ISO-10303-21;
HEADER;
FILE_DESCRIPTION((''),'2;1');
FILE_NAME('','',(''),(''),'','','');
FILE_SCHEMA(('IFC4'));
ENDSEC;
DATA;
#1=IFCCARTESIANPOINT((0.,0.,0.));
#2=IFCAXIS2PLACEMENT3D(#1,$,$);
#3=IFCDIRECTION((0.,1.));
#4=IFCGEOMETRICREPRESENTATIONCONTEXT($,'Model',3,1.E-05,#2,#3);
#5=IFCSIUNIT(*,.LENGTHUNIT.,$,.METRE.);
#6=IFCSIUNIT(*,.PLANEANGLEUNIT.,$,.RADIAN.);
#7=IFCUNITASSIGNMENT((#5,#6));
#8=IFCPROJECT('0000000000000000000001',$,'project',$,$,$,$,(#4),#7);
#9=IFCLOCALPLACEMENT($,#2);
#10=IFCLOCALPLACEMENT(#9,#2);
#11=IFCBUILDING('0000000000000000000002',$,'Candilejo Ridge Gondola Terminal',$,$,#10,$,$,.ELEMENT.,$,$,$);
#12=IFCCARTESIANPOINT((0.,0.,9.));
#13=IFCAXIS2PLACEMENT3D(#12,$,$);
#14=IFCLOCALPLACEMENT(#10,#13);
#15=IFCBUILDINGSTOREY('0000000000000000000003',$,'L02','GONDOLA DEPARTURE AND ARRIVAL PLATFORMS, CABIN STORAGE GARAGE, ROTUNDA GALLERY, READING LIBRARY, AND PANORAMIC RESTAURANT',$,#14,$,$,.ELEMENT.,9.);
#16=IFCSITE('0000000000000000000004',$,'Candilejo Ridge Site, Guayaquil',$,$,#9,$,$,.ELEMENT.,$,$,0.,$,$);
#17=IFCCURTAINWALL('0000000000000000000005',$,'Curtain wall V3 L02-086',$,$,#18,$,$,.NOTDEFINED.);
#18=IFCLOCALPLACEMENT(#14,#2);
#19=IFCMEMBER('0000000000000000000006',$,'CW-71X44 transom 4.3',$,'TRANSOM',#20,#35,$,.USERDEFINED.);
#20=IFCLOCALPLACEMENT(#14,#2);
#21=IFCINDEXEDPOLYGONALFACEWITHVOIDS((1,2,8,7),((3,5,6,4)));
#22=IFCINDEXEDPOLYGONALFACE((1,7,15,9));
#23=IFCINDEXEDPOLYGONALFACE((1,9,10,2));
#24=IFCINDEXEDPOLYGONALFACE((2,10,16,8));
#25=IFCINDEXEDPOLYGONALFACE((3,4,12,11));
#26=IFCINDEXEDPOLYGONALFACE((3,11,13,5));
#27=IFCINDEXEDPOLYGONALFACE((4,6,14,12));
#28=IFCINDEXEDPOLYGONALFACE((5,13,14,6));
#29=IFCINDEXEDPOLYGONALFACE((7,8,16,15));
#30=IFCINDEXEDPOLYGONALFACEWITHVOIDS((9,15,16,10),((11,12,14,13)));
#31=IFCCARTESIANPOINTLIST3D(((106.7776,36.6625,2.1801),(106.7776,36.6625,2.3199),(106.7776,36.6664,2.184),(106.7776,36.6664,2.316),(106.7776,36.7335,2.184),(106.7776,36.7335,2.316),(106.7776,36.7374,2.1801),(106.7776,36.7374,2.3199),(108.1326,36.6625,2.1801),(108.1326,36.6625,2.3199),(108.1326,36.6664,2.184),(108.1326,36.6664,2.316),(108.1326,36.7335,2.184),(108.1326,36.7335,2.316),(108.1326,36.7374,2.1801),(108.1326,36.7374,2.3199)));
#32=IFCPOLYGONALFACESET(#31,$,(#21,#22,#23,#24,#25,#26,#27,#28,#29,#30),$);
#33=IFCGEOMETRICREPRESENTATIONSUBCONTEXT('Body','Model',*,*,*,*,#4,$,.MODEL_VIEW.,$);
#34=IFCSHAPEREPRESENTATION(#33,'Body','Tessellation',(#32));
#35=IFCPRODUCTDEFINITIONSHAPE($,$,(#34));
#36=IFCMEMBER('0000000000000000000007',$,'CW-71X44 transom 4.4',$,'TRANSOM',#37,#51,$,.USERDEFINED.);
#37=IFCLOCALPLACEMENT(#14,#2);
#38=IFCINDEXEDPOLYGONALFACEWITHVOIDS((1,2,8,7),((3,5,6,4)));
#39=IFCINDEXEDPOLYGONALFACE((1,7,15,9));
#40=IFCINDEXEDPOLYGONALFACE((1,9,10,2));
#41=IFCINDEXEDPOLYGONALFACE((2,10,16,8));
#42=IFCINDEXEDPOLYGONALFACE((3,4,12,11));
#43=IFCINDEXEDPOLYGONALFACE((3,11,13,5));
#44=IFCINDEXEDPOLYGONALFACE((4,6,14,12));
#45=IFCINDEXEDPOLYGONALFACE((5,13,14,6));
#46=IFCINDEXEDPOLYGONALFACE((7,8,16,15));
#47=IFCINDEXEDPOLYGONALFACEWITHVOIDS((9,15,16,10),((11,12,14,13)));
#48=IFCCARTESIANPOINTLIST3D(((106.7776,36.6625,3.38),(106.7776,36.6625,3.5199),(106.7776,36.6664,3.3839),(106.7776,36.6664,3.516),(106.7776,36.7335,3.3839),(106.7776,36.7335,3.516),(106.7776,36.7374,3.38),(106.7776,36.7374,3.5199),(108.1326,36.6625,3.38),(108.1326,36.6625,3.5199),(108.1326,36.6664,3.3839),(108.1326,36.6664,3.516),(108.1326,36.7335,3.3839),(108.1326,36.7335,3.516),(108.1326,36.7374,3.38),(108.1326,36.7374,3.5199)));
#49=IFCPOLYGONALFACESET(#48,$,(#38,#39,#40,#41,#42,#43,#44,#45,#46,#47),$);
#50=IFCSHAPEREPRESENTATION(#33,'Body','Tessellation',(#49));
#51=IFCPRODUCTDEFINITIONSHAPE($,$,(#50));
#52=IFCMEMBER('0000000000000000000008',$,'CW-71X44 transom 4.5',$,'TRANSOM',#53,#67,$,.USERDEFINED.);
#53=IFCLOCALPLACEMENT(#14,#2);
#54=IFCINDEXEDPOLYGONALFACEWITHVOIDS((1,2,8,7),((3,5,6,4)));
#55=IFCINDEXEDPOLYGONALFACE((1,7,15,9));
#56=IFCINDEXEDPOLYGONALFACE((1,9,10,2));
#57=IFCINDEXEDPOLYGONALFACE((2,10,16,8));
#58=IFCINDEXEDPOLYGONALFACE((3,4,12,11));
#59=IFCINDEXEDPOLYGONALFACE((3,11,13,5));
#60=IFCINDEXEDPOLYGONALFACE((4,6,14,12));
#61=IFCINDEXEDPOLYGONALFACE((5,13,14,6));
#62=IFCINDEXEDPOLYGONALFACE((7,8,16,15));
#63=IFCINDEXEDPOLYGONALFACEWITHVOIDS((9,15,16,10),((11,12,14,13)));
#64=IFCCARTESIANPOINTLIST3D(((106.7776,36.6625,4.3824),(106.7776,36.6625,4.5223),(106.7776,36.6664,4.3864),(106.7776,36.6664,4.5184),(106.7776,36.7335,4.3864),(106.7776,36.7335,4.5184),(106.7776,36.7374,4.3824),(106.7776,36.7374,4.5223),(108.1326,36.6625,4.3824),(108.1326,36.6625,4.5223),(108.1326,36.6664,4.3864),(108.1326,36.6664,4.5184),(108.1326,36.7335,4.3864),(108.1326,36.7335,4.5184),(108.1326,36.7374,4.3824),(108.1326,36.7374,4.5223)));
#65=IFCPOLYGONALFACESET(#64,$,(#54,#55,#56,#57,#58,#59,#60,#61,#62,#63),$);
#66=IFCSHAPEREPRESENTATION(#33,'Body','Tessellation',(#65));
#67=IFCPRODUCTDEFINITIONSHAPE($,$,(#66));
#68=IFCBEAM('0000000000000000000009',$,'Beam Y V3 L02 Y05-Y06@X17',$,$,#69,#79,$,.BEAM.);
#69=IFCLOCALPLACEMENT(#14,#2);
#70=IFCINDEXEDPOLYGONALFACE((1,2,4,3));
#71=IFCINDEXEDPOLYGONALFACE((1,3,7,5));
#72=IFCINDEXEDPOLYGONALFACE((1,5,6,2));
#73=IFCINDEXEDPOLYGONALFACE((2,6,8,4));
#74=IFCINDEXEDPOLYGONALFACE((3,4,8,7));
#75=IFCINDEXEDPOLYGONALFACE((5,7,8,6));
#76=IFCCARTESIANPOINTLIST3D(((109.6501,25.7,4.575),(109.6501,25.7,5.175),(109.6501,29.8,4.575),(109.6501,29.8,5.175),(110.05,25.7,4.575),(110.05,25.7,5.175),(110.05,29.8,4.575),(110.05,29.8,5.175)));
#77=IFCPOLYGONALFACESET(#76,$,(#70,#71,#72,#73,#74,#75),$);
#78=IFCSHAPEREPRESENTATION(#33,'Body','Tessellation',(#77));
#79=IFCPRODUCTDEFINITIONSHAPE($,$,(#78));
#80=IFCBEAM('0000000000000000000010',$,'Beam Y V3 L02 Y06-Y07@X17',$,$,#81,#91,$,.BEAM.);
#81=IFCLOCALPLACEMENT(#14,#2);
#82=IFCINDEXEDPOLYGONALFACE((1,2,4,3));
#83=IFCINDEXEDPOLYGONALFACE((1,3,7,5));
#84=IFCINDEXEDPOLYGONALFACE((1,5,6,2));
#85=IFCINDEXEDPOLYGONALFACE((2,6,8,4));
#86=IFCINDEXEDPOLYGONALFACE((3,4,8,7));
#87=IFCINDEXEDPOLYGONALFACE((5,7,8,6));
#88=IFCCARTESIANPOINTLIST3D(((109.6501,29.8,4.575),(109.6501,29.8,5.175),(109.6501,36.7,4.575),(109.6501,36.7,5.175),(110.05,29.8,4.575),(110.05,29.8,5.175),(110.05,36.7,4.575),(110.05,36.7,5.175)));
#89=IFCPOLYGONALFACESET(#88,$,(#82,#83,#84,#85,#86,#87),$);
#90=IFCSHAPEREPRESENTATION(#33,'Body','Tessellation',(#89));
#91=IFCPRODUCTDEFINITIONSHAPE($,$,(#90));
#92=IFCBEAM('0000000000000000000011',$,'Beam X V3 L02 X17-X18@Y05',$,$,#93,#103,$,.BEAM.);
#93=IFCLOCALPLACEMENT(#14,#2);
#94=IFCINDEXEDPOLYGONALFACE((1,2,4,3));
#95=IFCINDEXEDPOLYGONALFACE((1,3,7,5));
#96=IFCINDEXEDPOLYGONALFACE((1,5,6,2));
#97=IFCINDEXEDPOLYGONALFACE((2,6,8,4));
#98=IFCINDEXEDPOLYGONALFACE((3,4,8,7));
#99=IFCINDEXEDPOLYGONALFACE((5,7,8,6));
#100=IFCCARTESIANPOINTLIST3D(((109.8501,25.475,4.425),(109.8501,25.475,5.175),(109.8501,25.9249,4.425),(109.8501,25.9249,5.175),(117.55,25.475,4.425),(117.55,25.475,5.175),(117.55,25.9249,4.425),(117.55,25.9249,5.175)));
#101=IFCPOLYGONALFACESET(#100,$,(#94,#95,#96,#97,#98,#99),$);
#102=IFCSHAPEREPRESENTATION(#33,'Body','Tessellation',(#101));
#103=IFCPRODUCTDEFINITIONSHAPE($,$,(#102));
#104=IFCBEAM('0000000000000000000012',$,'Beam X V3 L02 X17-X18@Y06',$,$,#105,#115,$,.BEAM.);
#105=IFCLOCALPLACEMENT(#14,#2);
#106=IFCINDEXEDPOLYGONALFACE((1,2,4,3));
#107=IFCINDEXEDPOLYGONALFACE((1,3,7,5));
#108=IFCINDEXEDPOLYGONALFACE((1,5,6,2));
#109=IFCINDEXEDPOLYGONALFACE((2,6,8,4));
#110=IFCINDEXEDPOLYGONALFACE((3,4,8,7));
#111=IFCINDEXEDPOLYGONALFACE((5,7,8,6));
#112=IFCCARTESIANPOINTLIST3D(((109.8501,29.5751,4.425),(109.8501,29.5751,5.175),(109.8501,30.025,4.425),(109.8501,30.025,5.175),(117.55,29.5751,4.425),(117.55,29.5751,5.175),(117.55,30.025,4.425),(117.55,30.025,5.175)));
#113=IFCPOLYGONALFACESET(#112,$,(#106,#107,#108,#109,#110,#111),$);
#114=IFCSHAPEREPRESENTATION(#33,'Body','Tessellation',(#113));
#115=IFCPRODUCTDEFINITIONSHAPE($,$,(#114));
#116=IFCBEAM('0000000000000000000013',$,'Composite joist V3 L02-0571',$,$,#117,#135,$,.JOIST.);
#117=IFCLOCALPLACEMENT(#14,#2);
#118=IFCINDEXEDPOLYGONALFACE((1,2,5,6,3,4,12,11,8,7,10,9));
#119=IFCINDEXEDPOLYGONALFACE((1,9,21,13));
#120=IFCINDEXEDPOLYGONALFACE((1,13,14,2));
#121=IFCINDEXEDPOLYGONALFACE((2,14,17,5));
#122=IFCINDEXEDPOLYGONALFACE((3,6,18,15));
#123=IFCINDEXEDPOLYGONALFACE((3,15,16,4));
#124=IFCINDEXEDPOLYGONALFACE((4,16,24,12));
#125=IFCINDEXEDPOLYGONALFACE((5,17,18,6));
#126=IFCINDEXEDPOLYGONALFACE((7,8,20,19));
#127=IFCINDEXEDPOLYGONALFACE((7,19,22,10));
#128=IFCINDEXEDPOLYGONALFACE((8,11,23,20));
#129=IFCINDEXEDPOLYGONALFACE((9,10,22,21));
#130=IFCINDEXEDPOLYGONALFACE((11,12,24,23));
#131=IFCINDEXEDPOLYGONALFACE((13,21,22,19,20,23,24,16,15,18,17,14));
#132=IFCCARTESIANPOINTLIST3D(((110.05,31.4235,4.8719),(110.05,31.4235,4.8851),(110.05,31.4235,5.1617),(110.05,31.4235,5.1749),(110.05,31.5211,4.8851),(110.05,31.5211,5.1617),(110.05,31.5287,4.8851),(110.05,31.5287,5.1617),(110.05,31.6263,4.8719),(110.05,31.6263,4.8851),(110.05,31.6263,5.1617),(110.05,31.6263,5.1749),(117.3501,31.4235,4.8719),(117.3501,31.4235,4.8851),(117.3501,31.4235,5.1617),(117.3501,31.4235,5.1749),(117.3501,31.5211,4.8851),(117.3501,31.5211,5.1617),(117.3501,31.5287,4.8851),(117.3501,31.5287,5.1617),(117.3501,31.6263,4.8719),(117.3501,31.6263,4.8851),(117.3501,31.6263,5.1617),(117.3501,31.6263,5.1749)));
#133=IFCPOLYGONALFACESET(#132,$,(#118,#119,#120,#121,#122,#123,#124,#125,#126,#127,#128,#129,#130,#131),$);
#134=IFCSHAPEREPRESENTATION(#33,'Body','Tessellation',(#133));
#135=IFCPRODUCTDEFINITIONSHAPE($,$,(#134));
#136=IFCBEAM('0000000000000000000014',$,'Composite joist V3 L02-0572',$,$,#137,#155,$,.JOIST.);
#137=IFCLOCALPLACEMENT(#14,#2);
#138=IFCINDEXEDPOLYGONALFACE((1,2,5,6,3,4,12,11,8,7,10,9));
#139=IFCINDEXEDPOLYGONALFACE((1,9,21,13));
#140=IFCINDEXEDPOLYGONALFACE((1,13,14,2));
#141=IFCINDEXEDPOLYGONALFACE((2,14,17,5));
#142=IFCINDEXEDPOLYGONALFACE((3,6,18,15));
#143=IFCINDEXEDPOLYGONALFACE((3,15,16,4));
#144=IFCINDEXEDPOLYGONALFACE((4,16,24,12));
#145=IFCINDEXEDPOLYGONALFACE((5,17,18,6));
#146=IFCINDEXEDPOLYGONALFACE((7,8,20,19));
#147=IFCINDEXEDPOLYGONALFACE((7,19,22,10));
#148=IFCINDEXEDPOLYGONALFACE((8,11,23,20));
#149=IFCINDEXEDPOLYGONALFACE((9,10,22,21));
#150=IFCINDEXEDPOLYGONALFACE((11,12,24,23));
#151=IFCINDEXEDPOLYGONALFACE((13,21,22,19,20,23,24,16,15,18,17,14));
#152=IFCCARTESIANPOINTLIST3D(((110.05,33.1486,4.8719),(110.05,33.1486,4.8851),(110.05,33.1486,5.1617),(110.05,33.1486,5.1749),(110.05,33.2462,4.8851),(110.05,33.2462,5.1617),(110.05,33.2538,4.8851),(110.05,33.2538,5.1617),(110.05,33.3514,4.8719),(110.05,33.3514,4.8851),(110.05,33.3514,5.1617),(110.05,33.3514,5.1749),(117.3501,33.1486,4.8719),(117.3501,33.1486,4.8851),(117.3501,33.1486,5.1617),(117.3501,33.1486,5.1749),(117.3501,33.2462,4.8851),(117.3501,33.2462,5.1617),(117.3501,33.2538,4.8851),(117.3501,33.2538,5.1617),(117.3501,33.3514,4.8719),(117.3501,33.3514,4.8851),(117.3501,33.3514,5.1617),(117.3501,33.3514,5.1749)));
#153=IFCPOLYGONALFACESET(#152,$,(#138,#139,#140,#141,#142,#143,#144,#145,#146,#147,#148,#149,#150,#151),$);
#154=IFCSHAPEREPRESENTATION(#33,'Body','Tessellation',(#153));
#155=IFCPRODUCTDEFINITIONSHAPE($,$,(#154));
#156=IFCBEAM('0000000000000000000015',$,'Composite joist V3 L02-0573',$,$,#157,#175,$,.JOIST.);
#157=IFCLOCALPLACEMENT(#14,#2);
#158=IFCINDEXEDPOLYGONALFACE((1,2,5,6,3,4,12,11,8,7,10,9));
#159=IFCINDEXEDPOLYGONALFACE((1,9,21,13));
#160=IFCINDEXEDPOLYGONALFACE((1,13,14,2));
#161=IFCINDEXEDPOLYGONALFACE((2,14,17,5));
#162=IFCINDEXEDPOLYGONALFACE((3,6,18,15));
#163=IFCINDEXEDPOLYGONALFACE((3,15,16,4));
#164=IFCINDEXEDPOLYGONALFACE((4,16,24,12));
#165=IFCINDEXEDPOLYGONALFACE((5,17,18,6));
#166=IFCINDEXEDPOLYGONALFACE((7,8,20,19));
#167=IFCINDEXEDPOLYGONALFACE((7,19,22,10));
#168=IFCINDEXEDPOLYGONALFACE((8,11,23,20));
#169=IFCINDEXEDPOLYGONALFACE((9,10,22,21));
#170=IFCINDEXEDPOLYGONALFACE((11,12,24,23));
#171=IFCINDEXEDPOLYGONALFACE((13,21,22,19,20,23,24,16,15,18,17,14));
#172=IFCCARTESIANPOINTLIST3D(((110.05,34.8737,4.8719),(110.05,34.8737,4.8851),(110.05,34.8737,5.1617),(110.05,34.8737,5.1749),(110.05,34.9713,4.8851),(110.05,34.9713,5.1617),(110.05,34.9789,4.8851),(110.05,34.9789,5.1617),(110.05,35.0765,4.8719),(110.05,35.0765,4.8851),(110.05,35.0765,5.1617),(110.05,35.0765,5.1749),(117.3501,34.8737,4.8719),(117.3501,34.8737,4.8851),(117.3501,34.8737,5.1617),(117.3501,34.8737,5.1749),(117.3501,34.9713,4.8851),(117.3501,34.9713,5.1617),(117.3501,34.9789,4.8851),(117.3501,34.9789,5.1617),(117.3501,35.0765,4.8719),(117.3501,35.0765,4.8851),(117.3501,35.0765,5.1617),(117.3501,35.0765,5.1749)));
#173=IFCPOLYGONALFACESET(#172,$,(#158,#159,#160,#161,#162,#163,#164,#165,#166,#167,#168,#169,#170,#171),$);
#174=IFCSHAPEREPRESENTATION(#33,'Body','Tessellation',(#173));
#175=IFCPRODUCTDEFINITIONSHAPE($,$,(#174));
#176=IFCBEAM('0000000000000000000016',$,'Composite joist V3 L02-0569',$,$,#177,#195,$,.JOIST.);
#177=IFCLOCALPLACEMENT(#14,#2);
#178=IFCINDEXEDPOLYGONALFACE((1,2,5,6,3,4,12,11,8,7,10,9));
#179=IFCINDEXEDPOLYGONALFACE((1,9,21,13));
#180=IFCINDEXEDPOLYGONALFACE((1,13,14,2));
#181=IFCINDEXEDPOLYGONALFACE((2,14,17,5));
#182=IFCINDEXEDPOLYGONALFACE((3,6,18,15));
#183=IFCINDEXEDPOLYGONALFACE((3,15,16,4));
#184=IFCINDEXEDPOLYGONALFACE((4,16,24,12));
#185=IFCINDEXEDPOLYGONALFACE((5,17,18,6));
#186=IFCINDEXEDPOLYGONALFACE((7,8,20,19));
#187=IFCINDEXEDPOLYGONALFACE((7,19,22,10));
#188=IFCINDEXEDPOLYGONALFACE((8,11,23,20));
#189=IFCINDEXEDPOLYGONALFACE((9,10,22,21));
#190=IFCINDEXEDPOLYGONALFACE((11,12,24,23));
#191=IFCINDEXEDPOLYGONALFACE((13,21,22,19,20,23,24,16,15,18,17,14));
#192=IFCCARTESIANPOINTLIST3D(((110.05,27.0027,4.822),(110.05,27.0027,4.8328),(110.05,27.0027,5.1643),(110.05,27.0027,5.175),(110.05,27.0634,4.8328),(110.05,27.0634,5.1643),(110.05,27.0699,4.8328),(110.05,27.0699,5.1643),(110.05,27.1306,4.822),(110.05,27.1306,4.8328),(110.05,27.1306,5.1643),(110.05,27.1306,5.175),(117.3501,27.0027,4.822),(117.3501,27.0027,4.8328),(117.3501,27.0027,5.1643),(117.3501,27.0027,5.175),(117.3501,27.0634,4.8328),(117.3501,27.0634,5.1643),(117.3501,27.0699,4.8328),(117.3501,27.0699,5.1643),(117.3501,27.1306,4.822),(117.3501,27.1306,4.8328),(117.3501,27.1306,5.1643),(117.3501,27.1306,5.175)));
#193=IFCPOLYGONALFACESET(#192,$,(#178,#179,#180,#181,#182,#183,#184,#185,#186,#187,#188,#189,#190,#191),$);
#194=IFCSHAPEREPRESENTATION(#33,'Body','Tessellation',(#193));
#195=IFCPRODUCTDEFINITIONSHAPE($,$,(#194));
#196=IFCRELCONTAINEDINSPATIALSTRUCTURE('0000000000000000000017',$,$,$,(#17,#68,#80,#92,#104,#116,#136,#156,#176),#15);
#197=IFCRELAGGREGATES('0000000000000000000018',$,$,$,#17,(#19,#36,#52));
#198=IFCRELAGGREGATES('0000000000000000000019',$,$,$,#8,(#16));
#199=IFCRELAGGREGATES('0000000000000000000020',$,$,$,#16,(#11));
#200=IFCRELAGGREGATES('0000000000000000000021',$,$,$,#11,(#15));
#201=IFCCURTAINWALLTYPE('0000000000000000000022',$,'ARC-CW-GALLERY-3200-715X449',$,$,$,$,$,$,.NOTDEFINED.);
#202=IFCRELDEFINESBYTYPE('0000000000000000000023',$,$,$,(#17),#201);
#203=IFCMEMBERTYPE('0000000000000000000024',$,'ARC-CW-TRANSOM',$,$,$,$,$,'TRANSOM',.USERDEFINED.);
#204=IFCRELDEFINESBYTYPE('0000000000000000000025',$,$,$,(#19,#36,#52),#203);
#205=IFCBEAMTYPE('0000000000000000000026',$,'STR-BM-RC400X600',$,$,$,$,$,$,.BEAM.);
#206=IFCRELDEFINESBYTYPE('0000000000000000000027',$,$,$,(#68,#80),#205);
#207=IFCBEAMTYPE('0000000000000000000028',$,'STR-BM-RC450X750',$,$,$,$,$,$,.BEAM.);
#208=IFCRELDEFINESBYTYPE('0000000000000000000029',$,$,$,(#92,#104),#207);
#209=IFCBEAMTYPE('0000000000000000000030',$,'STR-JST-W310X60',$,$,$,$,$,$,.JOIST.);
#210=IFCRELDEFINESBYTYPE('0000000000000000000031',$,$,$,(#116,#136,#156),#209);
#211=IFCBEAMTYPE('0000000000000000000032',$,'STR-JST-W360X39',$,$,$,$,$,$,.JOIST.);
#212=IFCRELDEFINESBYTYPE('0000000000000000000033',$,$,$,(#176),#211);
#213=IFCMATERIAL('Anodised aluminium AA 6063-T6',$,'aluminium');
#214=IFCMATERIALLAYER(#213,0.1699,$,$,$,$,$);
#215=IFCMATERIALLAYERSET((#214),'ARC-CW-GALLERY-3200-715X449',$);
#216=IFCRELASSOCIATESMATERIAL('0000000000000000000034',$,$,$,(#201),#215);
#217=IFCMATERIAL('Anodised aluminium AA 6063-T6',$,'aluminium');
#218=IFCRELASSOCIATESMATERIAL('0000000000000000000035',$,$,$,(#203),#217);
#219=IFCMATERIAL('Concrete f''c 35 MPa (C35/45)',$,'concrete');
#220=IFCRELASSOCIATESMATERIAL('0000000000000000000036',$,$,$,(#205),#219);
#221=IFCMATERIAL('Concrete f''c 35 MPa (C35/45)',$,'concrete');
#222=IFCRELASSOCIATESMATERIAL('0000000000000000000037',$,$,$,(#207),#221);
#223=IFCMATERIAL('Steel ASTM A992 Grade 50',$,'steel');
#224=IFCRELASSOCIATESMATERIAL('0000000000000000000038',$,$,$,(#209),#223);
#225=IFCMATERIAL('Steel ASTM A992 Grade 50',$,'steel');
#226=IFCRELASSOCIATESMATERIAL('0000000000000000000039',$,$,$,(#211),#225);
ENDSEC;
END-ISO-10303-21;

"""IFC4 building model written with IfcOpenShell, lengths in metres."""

from ifc_helpers import new_model, si_unit, direction, frame, origin, origin_2d, place, context, subcontext, project, spatial, rectangle, hollow_rectangle, i_section, extrude, material, layer, layer_set, material_profile, profile_set, type_object, element, aggregate, save


model = new_model("IFC4")

# Units and contexts
model_context = context("Model", 3, precision=1e-05, world=origin(), true_north=direction((0.0, 1.0)))
body_context = subcontext(model_context, "Body", "Model", "MODEL_VIEW")
ifc_project = project(units=[si_unit("LENGTHUNIT", "METRE"), si_unit("PLANEANGLEUNIT", "RADIAN")], contexts=[model_context])

# Site, building, storey
site_placement = place(None, origin())
site = spatial("IfcSite", under=ifc_project, at=site_placement, Name="Candilejo Ridge Site, Guayaquil", CompositionType="ELEMENT", RefElevation=0.0)
building_placement = place(site_placement, origin())
building = spatial("IfcBuilding", under=site, at=building_placement, Name="Candilejo Ridge Gondola Terminal", CompositionType="ELEMENT")
storey_placement = place(building_placement, frame((0.0, 0.0, 9.0)))
storey = spatial("IfcBuildingStorey", under=building, at=storey_placement, Name="L02", Description="GONDOLA DEPARTURE AND ARRIVAL PLATFORMS, CABIN STORAGE GARAGE, ROTUNDA GALLERY, READING LIBRARY, AND PANORAMIC RESTAURANT", CompositionType="ELEMENT", Elevation=9.0)

# Curtain wall, members
ifc_material_1 = material(Name="Anodised aluminium AA 6063-T6", Category="aluminium")
ifc_layer_1 = layer(ifc_material_1, 0.1699)
ifc_layer_set_1 = layer_set([ifc_layer_1], Name="ARC-CW-GALLERY-3200-715X449")
curtain_wall_type = type_object("IfcCurtainWallType", Name="ARC-CW-GALLERY-3200-715X449", PredefinedType="NOTDEFINED", material=ifc_layer_set_1)
curtain_wall_placement = place(storey_placement, origin())
curtain_wall = element("IfcCurtainWall", 1, at=curtain_wall_placement, inside=storey, type_object=curtain_wall_type, Name="Curtain wall V3 L02-086", PredefinedType="NOTDEFINED")
ifc_material_2 = material(Name="Anodised aluminium AA 6063-T6", Category="aluminium")
ifc_material_profile_1 = material_profile(ifc_material_2, hollow_rectangle(XDim=0.075, YDim=0.1399, WallThickness=0.0039, at=origin_2d()))
ifc_profile_set_1 = profile_set([ifc_material_profile_1], Name="Anodised aluminium AA 6063-T6")
member_type_1 = type_object("IfcMemberType", Name="ARC-CW-TRANSOM", ElementType="TRANSOM", PredefinedType="USERDEFINED", material=ifc_profile_set_1)
member_1_placement = place(storey_placement, frame((106.7776, 36.7, 2.25), z_axis=(1.0, 0.0, 0.0), x_axis=(0.0, 1.0, 0.0)))
member_1 = element("IfcMember", 2, at=member_1_placement, type_object=member_type_1, Name="CW-71X44 transom 4.3", ObjectType="TRANSOM", PredefinedType="USERDEFINED", context=body_context, shape_type="SweptSolid", body=[
    extrude(hollow_rectangle(XDim=0.075, YDim=0.1399, WallThickness=0.0039, at=origin_2d()), origin(), (0.0, 0.0, 1.0), 1.355),
])
member_2_placement = place(storey_placement, frame((106.7776, 36.7, 3.45), z_axis=(1.0, 0.0, 0.0), x_axis=(0.0, 1.0, 0.0)))
member_2 = element("IfcMember", 3, at=member_2_placement, type_object=member_type_1, Name="CW-71X44 transom 4.4", ObjectType="TRANSOM", PredefinedType="USERDEFINED", context=body_context, shape_type="SweptSolid", body=[
    extrude(hollow_rectangle(XDim=0.075, YDim=0.1399, WallThickness=0.0039, at=origin_2d()), origin(), (0.0, 0.0, 1.0), 1.355),
])
member_3_placement = place(storey_placement, frame((106.7776, 36.7, 4.4524), z_axis=(1.0, 0.0, 0.0), x_axis=(0.0, 1.0, 0.0)))
member_3 = element("IfcMember", 4, at=member_3_placement, type_object=member_type_1, Name="CW-71X44 transom 4.5", ObjectType="TRANSOM", PredefinedType="USERDEFINED", context=body_context, shape_type="SweptSolid", body=[
    extrude(hollow_rectangle(XDim=0.075, YDim=0.1399, WallThickness=0.0039, at=origin_2d()), origin(), (0.0, 0.0, 1.0), 1.355),
])

# Beams
ifc_material_3 = material(Name="Concrete f'c 35 MPa (C35/45)", Category="concrete")
ifc_material_profile_2 = material_profile(ifc_material_3, rectangle(XDim=0.3999, YDim=0.6001, at=origin_2d()))
ifc_profile_set_2 = profile_set([ifc_material_profile_2], Name="Concrete f'c 35 MPa (C35/45)")
beam_type_1 = type_object("IfcBeamType", Name="STR-BM-RC400X600", PredefinedType="BEAM", material=ifc_profile_set_2)
beam_1_placement = place(storey_placement, frame((109.8501, 25.7, 4.875), z_axis=(0.0, 1.0, 0.0), x_axis=(-1.0, 0.0, 0.0)))
element("IfcBeam", 5, at=beam_1_placement, inside=storey, type_object=beam_type_1, Name="Beam Y V3 L02 Y05-Y06@X17", PredefinedType="BEAM", context=body_context, shape_type="SweptSolid", body=[
    extrude(rectangle(XDim=0.3999, YDim=0.6001, at=origin_2d()), origin(), (0.0, 0.0, 1.0), 4.1001),
])
beam_2_placement = place(storey_placement, frame((109.8501, 29.8, 4.875), z_axis=(0.0, 1.0, 0.0), x_axis=(-1.0, 0.0, 0.0)))
element("IfcBeam", 6, at=beam_2_placement, inside=storey, type_object=beam_type_1, Name="Beam Y V3 L02 Y06-Y07@X17", PredefinedType="BEAM", context=body_context, shape_type="SweptSolid", body=[
    extrude(rectangle(XDim=0.3999, YDim=0.6001, at=origin_2d()), origin(), (0.0, 0.0, 1.0), 6.8999),
])
ifc_material_4 = material(Name="Concrete f'c 35 MPa (C35/45)", Category="concrete")
ifc_material_profile_3 = material_profile(ifc_material_4, rectangle(XDim=0.45, YDim=0.75, at=origin_2d()))
ifc_profile_set_3 = profile_set([ifc_material_profile_3], Name="Concrete f'c 35 MPa (C35/45)")
beam_type_2 = type_object("IfcBeamType", Name="STR-BM-RC450X750", PredefinedType="BEAM", material=ifc_profile_set_3)
for number, where, z_axis, x_axis, name in (
    (7, (109.8501, 25.7, 4.8), (1.0, 0.0, 0.0), (0.0, 1.0, 0.0), "Beam X V3 L02 X17-X18@Y05"),
    (8, (109.8501, 29.8, 4.8), (1.0, 0.0, 0.0), (0.0, 1.0, 0.0), "Beam X V3 L02 X17-X18@Y06"),
):
    element("IfcBeam", number, at=place(storey_placement, frame(where, z_axis=z_axis, x_axis=x_axis)), inside=storey, type_object=beam_type_2, Name=name, PredefinedType="BEAM", context=body_context, shape_type="SweptSolid", body=[
        extrude(rectangle(XDim=0.45, YDim=0.75, at=origin_2d()), origin(), (0.0, 0.0, 1.0), 7.7),
    ])
ifc_material_5 = material(Name="Steel ASTM A992 Grade 50", Category="steel")
ifc_material_profile_4 = material_profile(ifc_material_5, i_section(OverallWidth=0.2029, OverallDepth=0.303, WebThickness=0.0076, FlangeThickness=0.0132, at=origin_2d()))
ifc_profile_set_4 = profile_set([ifc_material_profile_4], Name="Steel ASTM A992 Grade 50")
beam_type_3 = type_object("IfcBeamType", Name="STR-JST-W310X60", PredefinedType="JOIST", material=ifc_profile_set_4)
for number, where, z_axis, x_axis, name in (
    (9, (110.05, 31.5249, 5.0234), (1.0, 0.0, 0.0), (0.0, 1.0, 0.0), "Composite joist V3 L02-0571"),
    (10, (110.05, 33.25, 5.0234), (1.0, 0.0, 0.0), (0.0, 1.0, 0.0), "Composite joist V3 L02-0572"),
    (11, (110.05, 34.9751, 5.0234), (1.0, 0.0, 0.0), (0.0, 1.0, 0.0), "Composite joist V3 L02-0573"),
):
    element("IfcBeam", number, at=place(storey_placement, frame(where, z_axis=z_axis, x_axis=x_axis)), inside=storey, type_object=beam_type_3, Name=name, PredefinedType="JOIST", context=body_context, shape_type="SweptSolid", body=[
        extrude(i_section(OverallWidth=0.2029, OverallDepth=0.303, WebThickness=0.0076, FlangeThickness=0.0132, at=origin_2d()), origin(), (0.0, 0.0, 1.0), 7.3),
    ])
ifc_material_6 = material(Name="Steel ASTM A992 Grade 50", Category="steel")
ifc_material_profile_5 = material_profile(ifc_material_6, i_section(OverallWidth=0.1279, OverallDepth=0.353, WebThickness=0.0066, FlangeThickness=0.0107, at=origin_2d()))
ifc_profile_set_5 = profile_set([ifc_material_profile_5], Name="Steel ASTM A992 Grade 50")
beam_type_4 = type_object("IfcBeamType", Name="STR-JST-W360X39", PredefinedType="JOIST", material=ifc_profile_set_5)
for number, where, z_axis, x_axis, name in (
    (12, (110.05, 27.0667, 4.9985), (1.0, 0.0, 0.0), (0.0, 1.0, 0.0), "Composite joist V3 L02-0569"),
):
    element("IfcBeam", number, at=place(storey_placement, frame(where, z_axis=z_axis, x_axis=x_axis)), inside=storey, type_object=beam_type_4, Name=name, PredefinedType="JOIST", context=body_context, shape_type="SweptSolid", body=[
        extrude(i_section(OverallWidth=0.1279, OverallDepth=0.353, WebThickness=0.0066, FlangeThickness=0.0107, at=origin_2d()), origin(), (0.0, 0.0, 1.0), 7.3),
    ])

aggregate(curtain_wall, [member_1, member_2, member_3])

save(model, "model.ifc")
